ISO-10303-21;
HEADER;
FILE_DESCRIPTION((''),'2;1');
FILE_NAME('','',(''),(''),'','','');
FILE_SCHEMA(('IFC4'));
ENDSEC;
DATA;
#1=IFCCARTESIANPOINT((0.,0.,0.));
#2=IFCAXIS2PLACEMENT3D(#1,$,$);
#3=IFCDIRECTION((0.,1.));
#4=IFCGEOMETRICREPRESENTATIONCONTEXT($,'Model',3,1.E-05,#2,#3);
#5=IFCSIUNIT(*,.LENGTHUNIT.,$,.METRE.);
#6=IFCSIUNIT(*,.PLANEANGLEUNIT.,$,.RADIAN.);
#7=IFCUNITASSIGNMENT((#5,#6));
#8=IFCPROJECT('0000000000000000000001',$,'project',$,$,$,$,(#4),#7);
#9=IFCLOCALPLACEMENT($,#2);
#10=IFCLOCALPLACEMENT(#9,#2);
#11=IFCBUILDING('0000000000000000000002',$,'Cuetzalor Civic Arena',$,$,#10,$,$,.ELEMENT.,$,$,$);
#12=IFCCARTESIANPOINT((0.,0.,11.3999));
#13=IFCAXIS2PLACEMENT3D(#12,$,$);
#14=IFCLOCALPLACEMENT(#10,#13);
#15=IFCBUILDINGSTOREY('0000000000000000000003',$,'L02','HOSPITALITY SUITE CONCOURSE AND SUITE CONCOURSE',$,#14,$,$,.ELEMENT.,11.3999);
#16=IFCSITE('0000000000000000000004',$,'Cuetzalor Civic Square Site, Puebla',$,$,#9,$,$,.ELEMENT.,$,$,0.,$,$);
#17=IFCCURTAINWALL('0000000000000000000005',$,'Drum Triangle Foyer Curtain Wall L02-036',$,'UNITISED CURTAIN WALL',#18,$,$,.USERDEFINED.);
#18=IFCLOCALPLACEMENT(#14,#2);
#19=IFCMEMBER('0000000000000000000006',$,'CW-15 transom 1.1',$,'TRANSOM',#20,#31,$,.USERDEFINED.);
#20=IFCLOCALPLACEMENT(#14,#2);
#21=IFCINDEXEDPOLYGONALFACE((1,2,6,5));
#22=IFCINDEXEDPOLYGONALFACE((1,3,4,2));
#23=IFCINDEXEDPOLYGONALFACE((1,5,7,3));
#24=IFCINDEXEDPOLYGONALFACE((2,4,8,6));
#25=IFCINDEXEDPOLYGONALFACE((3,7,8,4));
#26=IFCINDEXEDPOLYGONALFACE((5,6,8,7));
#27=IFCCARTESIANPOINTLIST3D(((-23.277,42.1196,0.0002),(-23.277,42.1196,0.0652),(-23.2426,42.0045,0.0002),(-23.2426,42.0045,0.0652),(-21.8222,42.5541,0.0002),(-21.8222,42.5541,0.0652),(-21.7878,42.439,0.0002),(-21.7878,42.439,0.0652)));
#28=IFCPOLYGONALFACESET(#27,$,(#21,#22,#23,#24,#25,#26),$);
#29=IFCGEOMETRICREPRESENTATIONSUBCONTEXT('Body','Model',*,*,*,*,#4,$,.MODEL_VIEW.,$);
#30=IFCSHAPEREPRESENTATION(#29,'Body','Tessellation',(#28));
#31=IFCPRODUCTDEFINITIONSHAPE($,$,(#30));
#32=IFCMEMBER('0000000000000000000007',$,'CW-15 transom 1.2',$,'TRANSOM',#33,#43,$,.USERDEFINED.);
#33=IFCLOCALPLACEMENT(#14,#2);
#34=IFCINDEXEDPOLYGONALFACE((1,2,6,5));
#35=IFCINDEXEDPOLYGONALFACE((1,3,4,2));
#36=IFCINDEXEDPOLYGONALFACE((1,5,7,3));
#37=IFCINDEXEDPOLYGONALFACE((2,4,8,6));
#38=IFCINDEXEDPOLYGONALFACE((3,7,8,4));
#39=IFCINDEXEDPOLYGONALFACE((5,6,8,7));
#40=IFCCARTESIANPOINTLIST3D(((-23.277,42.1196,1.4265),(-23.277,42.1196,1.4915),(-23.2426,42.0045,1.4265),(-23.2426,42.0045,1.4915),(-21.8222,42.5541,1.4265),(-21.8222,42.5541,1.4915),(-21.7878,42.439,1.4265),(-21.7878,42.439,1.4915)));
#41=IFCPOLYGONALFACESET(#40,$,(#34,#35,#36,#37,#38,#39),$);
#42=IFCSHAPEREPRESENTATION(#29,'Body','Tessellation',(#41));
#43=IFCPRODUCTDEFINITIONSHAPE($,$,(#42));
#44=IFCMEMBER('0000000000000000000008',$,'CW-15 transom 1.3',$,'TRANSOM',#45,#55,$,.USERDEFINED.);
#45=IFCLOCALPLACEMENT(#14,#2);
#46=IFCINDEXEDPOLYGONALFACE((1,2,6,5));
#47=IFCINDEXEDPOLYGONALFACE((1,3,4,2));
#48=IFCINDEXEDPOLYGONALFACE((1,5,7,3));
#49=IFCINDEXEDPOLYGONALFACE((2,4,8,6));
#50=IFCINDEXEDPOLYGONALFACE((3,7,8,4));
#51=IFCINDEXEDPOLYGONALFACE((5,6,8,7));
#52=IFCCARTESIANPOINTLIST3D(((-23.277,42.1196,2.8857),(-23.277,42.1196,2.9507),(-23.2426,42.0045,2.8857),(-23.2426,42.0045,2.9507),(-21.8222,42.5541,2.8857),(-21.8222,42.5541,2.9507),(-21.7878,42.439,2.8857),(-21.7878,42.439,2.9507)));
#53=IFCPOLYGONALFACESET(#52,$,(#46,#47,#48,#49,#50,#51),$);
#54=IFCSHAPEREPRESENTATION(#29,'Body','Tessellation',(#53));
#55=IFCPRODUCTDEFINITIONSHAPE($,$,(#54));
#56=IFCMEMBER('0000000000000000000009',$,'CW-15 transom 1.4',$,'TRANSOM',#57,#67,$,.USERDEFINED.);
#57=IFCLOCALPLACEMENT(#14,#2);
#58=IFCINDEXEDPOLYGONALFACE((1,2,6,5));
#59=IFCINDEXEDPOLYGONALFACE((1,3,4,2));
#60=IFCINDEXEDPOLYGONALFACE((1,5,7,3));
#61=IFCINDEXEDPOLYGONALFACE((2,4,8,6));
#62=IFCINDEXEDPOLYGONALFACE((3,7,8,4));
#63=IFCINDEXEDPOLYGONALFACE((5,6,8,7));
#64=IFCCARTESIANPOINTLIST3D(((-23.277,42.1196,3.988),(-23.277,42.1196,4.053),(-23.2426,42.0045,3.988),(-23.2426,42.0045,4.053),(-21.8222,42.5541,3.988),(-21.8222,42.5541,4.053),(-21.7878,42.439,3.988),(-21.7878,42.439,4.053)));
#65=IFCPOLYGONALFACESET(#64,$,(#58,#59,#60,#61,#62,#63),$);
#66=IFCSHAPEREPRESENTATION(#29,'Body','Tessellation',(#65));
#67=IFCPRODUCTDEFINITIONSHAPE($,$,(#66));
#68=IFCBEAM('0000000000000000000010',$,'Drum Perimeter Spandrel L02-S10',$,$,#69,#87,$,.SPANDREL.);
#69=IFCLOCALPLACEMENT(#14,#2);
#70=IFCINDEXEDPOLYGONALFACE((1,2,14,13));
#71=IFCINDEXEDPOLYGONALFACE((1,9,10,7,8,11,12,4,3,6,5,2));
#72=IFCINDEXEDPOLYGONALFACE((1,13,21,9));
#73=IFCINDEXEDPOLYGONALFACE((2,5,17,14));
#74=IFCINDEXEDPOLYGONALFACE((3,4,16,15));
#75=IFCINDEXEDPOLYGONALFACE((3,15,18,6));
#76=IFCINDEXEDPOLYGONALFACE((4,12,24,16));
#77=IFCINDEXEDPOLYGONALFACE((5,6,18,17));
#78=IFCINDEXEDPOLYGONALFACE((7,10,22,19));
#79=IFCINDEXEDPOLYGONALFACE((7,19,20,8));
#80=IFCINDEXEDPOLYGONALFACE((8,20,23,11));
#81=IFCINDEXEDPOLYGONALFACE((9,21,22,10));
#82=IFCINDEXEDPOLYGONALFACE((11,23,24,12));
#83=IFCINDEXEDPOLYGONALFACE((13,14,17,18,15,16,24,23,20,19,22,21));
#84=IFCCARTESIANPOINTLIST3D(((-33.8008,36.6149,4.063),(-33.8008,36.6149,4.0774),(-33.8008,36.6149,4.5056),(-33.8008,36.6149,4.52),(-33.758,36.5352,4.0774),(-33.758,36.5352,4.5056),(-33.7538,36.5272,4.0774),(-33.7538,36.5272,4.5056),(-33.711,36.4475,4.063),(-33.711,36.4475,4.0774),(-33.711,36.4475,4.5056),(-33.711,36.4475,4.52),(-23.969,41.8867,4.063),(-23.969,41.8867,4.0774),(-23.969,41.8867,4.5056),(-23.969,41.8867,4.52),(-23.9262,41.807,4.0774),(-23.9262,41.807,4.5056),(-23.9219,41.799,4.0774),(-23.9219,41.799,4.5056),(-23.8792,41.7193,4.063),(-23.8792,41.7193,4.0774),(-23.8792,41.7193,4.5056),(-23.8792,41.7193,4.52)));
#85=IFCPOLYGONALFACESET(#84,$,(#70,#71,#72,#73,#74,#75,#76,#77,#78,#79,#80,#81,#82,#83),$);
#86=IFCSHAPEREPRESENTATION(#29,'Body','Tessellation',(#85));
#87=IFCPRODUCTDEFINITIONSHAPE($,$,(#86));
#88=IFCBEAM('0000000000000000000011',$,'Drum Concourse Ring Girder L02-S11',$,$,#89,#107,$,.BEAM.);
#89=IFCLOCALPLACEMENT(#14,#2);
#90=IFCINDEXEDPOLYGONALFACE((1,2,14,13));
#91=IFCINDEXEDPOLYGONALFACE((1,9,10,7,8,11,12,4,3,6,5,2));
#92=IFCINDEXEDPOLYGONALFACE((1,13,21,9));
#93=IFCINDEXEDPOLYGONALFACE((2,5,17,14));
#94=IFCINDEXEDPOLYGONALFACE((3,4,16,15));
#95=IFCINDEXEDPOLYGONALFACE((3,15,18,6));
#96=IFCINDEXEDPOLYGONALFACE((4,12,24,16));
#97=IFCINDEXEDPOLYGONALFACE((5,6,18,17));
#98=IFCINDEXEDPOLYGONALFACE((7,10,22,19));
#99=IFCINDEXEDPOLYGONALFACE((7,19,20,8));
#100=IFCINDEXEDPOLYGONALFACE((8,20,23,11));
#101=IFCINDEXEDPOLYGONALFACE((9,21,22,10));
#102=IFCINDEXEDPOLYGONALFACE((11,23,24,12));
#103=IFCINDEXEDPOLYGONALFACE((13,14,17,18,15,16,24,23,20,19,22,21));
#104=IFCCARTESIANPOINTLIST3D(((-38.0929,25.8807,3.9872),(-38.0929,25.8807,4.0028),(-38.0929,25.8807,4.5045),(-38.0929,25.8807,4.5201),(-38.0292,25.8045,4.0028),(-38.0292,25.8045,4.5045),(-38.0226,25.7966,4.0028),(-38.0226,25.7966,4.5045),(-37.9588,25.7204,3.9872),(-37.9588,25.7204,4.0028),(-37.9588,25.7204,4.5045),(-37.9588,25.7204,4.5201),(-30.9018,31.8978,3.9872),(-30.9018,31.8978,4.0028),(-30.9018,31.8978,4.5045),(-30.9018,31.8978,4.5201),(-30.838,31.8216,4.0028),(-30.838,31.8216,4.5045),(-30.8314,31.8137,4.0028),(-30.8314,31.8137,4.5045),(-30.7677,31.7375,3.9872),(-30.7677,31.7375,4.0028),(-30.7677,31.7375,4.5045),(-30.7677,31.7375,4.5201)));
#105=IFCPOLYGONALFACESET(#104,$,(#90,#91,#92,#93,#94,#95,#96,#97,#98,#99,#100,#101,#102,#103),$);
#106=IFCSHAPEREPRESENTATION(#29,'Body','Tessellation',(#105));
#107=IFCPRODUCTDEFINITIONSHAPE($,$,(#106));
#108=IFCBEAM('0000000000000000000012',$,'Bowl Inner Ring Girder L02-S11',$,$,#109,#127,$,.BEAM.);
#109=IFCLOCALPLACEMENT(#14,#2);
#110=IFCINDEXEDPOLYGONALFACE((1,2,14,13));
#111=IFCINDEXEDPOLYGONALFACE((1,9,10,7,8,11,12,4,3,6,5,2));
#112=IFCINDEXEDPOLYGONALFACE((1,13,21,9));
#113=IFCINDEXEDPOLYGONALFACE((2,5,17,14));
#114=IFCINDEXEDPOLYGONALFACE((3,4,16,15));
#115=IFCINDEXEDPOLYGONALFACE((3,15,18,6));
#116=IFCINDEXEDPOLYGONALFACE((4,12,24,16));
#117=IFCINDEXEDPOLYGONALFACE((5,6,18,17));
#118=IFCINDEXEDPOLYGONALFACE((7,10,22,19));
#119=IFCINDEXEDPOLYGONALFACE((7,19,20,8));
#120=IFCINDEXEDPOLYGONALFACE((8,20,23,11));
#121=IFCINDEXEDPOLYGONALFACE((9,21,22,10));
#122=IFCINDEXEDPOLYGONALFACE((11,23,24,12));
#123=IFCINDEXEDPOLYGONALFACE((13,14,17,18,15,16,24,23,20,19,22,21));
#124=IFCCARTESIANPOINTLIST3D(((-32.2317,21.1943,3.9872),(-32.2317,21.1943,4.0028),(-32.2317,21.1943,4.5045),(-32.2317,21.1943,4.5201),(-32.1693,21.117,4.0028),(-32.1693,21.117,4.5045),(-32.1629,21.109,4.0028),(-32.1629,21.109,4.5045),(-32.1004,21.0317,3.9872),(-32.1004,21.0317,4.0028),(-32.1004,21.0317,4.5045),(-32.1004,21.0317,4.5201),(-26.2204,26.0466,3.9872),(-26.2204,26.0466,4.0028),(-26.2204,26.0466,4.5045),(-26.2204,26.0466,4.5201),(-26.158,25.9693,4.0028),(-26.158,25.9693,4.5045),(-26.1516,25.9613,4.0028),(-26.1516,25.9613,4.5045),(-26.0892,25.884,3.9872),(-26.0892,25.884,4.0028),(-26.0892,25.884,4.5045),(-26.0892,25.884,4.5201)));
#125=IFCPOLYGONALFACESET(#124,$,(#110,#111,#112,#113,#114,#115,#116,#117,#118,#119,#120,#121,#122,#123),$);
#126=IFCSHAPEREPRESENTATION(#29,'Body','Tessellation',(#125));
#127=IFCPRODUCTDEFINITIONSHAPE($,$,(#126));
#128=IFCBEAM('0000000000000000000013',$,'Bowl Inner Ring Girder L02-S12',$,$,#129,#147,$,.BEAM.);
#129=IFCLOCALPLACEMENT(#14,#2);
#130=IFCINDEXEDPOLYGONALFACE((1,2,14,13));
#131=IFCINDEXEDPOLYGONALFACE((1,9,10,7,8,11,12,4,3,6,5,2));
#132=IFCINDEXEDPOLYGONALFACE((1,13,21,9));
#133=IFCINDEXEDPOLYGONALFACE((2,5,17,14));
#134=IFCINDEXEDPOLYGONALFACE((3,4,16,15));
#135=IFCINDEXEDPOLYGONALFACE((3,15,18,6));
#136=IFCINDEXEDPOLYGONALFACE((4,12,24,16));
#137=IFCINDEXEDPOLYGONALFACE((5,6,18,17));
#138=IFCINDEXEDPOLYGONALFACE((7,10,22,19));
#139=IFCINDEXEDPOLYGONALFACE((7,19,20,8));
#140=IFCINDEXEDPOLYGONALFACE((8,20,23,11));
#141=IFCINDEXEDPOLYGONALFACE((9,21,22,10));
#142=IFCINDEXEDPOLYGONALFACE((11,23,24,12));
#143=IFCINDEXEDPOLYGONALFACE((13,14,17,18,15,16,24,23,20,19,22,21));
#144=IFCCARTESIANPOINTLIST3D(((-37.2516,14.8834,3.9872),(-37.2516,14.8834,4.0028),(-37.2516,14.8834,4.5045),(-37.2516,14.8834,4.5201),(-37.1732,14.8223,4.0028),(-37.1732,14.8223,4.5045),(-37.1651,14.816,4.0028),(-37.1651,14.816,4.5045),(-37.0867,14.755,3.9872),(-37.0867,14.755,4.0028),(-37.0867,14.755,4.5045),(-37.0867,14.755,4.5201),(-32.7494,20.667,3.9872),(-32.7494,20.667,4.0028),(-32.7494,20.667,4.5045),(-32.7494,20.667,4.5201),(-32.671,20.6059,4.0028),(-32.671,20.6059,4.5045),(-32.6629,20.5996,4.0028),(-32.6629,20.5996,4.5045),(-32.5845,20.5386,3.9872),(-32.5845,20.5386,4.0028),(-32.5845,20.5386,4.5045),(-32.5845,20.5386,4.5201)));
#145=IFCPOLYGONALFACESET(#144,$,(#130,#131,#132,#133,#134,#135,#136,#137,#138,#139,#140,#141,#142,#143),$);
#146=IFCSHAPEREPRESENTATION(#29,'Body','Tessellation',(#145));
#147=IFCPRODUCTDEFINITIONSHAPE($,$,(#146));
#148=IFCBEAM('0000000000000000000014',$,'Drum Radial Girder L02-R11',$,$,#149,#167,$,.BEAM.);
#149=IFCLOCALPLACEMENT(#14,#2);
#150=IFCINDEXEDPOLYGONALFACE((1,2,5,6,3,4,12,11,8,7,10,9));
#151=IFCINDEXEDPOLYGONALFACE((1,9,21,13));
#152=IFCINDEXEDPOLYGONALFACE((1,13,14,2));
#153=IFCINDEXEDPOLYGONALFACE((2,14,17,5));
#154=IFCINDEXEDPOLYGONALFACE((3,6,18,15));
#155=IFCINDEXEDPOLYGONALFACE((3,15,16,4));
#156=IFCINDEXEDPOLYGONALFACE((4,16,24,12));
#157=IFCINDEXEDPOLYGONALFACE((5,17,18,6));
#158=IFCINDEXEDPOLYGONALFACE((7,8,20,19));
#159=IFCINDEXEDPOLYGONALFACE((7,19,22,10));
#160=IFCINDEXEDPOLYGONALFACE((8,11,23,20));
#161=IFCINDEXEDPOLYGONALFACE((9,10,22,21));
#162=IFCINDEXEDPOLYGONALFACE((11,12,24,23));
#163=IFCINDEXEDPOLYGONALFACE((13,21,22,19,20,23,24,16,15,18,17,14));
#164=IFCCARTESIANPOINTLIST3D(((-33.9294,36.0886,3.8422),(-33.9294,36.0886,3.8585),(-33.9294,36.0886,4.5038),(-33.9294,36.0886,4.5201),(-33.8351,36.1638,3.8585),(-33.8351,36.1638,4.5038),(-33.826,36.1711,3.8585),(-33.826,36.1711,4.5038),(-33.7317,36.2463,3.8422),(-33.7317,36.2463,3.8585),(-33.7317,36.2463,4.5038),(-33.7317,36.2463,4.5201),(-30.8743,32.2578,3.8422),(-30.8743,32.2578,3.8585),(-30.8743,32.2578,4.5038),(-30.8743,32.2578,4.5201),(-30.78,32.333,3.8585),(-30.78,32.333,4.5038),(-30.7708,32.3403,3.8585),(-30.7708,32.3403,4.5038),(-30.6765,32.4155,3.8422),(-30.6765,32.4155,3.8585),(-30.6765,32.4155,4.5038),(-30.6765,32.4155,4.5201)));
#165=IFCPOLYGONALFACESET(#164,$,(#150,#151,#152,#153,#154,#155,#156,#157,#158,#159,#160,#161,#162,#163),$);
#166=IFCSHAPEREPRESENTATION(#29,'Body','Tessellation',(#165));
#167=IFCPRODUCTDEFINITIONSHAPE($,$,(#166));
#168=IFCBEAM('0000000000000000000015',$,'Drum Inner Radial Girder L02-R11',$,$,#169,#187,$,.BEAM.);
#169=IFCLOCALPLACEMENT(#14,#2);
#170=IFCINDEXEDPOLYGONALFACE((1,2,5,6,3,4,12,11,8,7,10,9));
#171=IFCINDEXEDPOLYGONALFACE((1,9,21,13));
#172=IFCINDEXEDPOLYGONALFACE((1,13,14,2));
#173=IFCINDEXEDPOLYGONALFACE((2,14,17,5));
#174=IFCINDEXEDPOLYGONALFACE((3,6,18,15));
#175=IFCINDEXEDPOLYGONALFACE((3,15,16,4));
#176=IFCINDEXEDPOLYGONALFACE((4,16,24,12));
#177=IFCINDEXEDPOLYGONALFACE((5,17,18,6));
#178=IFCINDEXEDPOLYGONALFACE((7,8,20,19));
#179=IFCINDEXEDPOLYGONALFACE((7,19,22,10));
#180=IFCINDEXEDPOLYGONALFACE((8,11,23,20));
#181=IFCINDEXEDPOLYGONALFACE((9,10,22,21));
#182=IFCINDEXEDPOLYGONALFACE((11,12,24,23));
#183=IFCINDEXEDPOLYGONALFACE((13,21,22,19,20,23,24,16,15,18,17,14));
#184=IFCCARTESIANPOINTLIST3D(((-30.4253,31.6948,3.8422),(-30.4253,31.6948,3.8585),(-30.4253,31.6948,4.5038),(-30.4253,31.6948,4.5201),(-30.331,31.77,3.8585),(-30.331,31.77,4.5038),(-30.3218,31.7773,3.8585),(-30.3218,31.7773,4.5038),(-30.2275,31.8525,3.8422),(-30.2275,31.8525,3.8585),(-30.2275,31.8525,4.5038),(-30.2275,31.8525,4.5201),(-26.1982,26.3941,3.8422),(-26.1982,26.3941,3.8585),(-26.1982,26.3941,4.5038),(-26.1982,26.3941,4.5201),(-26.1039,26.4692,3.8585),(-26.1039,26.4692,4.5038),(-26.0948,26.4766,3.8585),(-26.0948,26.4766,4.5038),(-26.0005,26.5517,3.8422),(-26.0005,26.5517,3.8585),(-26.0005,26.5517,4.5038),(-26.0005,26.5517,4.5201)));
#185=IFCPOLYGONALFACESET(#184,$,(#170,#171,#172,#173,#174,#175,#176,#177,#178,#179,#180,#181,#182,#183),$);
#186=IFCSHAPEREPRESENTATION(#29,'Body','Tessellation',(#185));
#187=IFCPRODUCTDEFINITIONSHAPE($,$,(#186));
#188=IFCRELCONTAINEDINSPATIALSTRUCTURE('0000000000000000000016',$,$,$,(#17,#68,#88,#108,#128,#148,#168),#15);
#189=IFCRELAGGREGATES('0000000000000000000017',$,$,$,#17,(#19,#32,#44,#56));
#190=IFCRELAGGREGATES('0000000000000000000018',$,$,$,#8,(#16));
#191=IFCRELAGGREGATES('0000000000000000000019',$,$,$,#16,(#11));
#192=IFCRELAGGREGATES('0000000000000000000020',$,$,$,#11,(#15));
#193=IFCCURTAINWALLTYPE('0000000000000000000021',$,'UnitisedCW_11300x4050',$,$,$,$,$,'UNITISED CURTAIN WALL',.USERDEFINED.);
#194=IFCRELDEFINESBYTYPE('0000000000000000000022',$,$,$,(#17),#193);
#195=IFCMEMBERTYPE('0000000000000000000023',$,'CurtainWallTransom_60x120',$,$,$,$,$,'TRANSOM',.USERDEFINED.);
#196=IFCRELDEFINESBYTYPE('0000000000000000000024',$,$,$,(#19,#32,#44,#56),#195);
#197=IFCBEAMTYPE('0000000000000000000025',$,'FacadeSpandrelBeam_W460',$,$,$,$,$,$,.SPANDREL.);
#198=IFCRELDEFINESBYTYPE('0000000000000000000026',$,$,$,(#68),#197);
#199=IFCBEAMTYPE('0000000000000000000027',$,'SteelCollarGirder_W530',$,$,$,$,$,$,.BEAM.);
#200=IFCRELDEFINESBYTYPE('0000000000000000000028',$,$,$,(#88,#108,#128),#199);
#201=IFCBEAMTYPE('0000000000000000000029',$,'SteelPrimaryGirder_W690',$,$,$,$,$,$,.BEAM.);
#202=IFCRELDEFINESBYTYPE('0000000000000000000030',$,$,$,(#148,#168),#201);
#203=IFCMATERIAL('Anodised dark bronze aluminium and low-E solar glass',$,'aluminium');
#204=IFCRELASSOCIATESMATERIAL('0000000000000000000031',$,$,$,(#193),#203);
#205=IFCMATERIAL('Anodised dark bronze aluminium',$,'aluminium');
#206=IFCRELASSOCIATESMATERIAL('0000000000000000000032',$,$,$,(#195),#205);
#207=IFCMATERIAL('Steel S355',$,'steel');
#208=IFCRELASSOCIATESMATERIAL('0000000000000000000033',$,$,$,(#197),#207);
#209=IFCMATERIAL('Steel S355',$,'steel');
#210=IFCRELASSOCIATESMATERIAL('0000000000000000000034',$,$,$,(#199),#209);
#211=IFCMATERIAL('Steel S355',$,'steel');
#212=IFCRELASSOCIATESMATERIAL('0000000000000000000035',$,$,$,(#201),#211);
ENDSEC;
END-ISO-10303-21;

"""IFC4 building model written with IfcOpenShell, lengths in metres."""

from ifc_helpers import new_model, si_unit, direction, frame, origin, origin_2d, place, context, subcontext, project, spatial, rectangle, i_section, extrude, material, material_profile, profile_set, type_object, element, aggregate, save


model = new_model("IFC4")

# Units and contexts
model_context = context("Model", 3, precision=1e-05, world=origin(), true_north=direction((0.0, 1.0)))
body_context = subcontext(model_context, "Body", "Model", "MODEL_VIEW")
ifc_project = project(units=[si_unit("LENGTHUNIT", "METRE"), si_unit("PLANEANGLEUNIT", "RADIAN")], contexts=[model_context])

# Site, building, storey
site_placement = place(None, origin())
site = spatial("IfcSite", under=ifc_project, at=site_placement, Name="Cuetzalor Civic Square Site, Puebla", CompositionType="ELEMENT", RefElevation=0.0)
building_placement = place(site_placement, origin())
building = spatial("IfcBuilding", under=site, at=building_placement, Name="Cuetzalor Civic Arena", CompositionType="ELEMENT")
storey_placement = place(building_placement, frame((0.0, 0.0, 11.3999)))
storey = spatial("IfcBuildingStorey", under=building, at=storey_placement, Name="L02", Description="HOSPITALITY SUITE CONCOURSE AND SUITE CONCOURSE", CompositionType="ELEMENT", Elevation=11.3999)

# Curtain wall, members
ifc_material_1 = material(Name="Anodised dark bronze aluminium and low-E solar glass", Category="aluminium")
curtain_wall_type = type_object("IfcCurtainWallType", Name="UnitisedCW_11300x4050", ElementType="UNITISED CURTAIN WALL", PredefinedType="USERDEFINED", material=ifc_material_1)
curtain_wall_placement = place(storey_placement, origin())
curtain_wall = element("IfcCurtainWall", 1, at=curtain_wall_placement, inside=storey, type_object=curtain_wall_type, Name="Drum Triangle Foyer Curtain Wall L02-036", ObjectType="UNITISED CURTAIN WALL", PredefinedType="USERDEFINED")
ifc_material_2 = material(Name="Anodised dark bronze aluminium", Category="aluminium")
ifc_material_profile_1 = material_profile(ifc_material_2, rectangle(XDim=0.1201, YDim=0.0649, at=origin_2d()), Name="ALU TRANSOM 65x120")
ifc_profile_set_1 = profile_set([ifc_material_profile_1], Name="Anodised dark bronze aluminium")
member_type_1 = type_object("IfcMemberType", Name="CurtainWallTransom_60x120", ElementType="TRANSOM", PredefinedType="USERDEFINED", material=ifc_profile_set_1)
member_1_placement = place(storey_placement, frame((-23.2598, 42.062, 0.0327), z_axis=(0.958166, 0.286212, 0.0), x_axis=(-0.286212, 0.958166, 0.0)))
member_1 = element("IfcMember", 2, at=member_1_placement, type_object=member_type_1, Name="CW-15 transom 1.1", ObjectType="TRANSOM", PredefinedType="USERDEFINED", context=body_context, shape_type="SweptSolid", body=[
    extrude(rectangle(XDim=0.1201, YDim=0.0649, at=origin_2d()), origin(), (0.0, 0.0, 1.0), 1.5183),
])
member_2_placement = place(storey_placement, frame((-23.2598, 42.062, 1.459), z_axis=(0.958166, 0.286212, 0.0), x_axis=(-0.286212, 0.958166, 0.0)))
member_2 = element("IfcMember", 3, at=member_2_placement, type_object=member_type_1, Name="CW-15 transom 1.2", ObjectType="TRANSOM", PredefinedType="USERDEFINED", context=body_context, shape_type="SweptSolid", body=[
    extrude(rectangle(XDim=0.1201, YDim=0.0649, at=origin_2d()), origin(), (0.0, 0.0, 1.0), 1.5183),
])
member_3_placement = place(storey_placement, frame((-23.2598, 42.062, 2.9182), z_axis=(0.958166, 0.286212, 0.0), x_axis=(-0.286212, 0.958166, 0.0)))
member_3 = element("IfcMember", 4, at=member_3_placement, type_object=member_type_1, Name="CW-15 transom 1.3", ObjectType="TRANSOM", PredefinedType="USERDEFINED", context=body_context, shape_type="SweptSolid", body=[
    extrude(rectangle(XDim=0.1201, YDim=0.0649, at=origin_2d()), origin(), (0.0, 0.0, 1.0), 1.5183),
])
member_4_placement = place(storey_placement, frame((-23.2598, 42.062, 4.0205), z_axis=(0.958166, 0.286212, 0.0), x_axis=(-0.286212, 0.958166, 0.0)))
member_4 = element("IfcMember", 5, at=member_4_placement, type_object=member_type_1, Name="CW-15 transom 1.4", ObjectType="TRANSOM", PredefinedType="USERDEFINED", context=body_context, shape_type="SweptSolid", body=[
    extrude(rectangle(XDim=0.1201, YDim=0.0649, at=origin_2d()), origin(), (0.0, 0.0, 1.0), 1.5183),
])
aggregate(curtain_wall, [member_1, member_2, member_3, member_4])

# Beams
ifc_material_3 = material(Name="Steel S355", Category="steel")
ifc_material_profile_2 = material_profile(ifc_material_3, i_section(OverallWidth=0.1899, OverallDepth=0.457, WebThickness=0.009, FlangeThickness=0.0144, at=origin_2d()), Name="W460x74")
ifc_profile_set_2 = profile_set([ifc_material_profile_2], Name="Steel S355")
beam_type_1 = type_object("IfcBeamType", Name="FacadeSpandrelBeam_W460", PredefinedType="SPANDREL", material=ifc_profile_set_2)
beam_1_placement = place(storey_placement, frame((-23.9241, 41.803, 4.2915), z_axis=(-0.881305, -0.472549, 0.0), x_axis=(0.472549, -0.881305, 0.0)))
element("IfcBeam", 6, at=beam_1_placement, inside=storey, type_object=beam_type_1, Name="Drum Perimeter Spandrel L02-S10", PredefinedType="SPANDREL", context=body_context, shape_type="SweptSolid", body=[
    extrude(i_section(OverallWidth=0.1899, OverallDepth=0.457, WebThickness=0.009, FlangeThickness=0.0144, at=origin_2d()), origin(), (0.0, 0.0, 1.0), 11.156),
])
ifc_material_4 = material(Name="Steel S355", Category="steel")
ifc_material_profile_3 = material_profile(ifc_material_4, i_section(OverallWidth=0.209, OverallDepth=0.533, WebThickness=0.0103, FlangeThickness=0.0156, at=origin_2d()), Name="W530x92")
ifc_profile_set_3 = profile_set([ifc_material_profile_3], Name="Steel S355")
beam_type_2 = type_object("IfcBeamType", Name="SteelCollarGirder_W530", PredefinedType="BEAM", material=ifc_profile_set_3)
beam_2_placement = place(storey_placement, frame((-30.8347, 31.8176, 4.2537), z_axis=(-0.766937, -0.641722, 0.0), x_axis=(0.641722, -0.766937, 0.0)))
element("IfcBeam", 7, at=beam_2_placement, inside=storey, type_object=beam_type_2, Name="Drum Concourse Ring Girder L02-S11", PredefinedType="BEAM", context=body_context, shape_type="SweptSolid", body=[
    extrude(i_section(OverallWidth=0.209, OverallDepth=0.533, WebThickness=0.0103, FlangeThickness=0.0156, at=origin_2d()), origin(), (0.0, 0.0, 1.0), 9.3765),
])
beam_3_placement = place(storey_placement, frame((-26.1548, 25.9653, 4.2537), z_axis=(-0.778127, -0.628108, 0.0), x_axis=(0.628108, -0.778127, 0.0)))
element("IfcBeam", 8, at=beam_3_placement, inside=storey, type_object=beam_type_2, Name="Bowl Inner Ring Girder L02-S11", PredefinedType="BEAM", context=body_context, shape_type="SweptSolid", body=[
    extrude(i_section(OverallWidth=0.209, OverallDepth=0.533, WebThickness=0.0103, FlangeThickness=0.0156, at=origin_2d()), origin(), (0.0, 0.0, 1.0), 7.7253),
])
beam_4_placement = place(storey_placement, frame((-32.667, 20.6028, 4.2537), z_axis=(-0.614261, -0.789103, 0.0), x_axis=(0.789103, -0.614261, 0.0)))
element("IfcBeam", 9, at=beam_4_placement, inside=storey, type_object=beam_type_2, Name="Bowl Inner Ring Girder L02-S12", PredefinedType="BEAM", context=body_context, shape_type="SweptSolid", body=[
    extrude(i_section(OverallWidth=0.209, OverallDepth=0.533, WebThickness=0.0103, FlangeThickness=0.0156, at=origin_2d()), origin(), (0.0, 0.0, 1.0), 7.3293),
])
ifc_material_5 = material(Name="Steel S355", Category="steel")
ifc_material_profile_4 = material_profile(ifc_material_5, i_section(OverallWidth=0.2529, OverallDepth=0.678, WebThickness=0.0117, FlangeThickness=0.0164, at=origin_2d()), Name="W690x125")
ifc_profile_set_4 = profile_set([ifc_material_profile_4], Name="Steel S355")
beam_type_3 = type_object("IfcBeamType", Name="SteelPrimaryGirder_W690", PredefinedType="BEAM", material=ifc_profile_set_4)
beam_5_placement = place(storey_placement, frame((-30.7754, 32.3367, 4.1812), z_axis=(-0.623516, 0.781811, 0.0), x_axis=(-0.781811, -0.623516, 0.0)))
element("IfcBeam", 10, at=beam_5_placement, inside=storey, type_object=beam_type_3, Name="Drum Radial Girder L02-R11", PredefinedType="BEAM", context=body_context, shape_type="SweptSolid", body=[
    extrude(i_section(OverallWidth=0.2529, OverallDepth=0.678, WebThickness=0.0117, FlangeThickness=0.0164, at=origin_2d()), origin(), (0.0, 0.0, 1.0), 4.8999),
])
beam_6_placement = place(storey_placement, frame((-26.0994, 26.4729, 4.1812), z_axis=(-0.623473, 0.781845, 0.0), x_axis=(-0.781845, -0.623473, 0.0)))
element("IfcBeam", 11, at=beam_6_placement, inside=storey, type_object=beam_type_3, Name="Drum Inner Radial Girder L02-R11", PredefinedType="BEAM", context=body_context, shape_type="SweptSolid", body=[
    extrude(i_section(OverallWidth=0.2529, OverallDepth=0.678, WebThickness=0.0117, FlangeThickness=0.0164, at=origin_2d()), origin(), (0.0, 0.0, 1.0), 6.7798),
])

save(model, "model.ifc")
